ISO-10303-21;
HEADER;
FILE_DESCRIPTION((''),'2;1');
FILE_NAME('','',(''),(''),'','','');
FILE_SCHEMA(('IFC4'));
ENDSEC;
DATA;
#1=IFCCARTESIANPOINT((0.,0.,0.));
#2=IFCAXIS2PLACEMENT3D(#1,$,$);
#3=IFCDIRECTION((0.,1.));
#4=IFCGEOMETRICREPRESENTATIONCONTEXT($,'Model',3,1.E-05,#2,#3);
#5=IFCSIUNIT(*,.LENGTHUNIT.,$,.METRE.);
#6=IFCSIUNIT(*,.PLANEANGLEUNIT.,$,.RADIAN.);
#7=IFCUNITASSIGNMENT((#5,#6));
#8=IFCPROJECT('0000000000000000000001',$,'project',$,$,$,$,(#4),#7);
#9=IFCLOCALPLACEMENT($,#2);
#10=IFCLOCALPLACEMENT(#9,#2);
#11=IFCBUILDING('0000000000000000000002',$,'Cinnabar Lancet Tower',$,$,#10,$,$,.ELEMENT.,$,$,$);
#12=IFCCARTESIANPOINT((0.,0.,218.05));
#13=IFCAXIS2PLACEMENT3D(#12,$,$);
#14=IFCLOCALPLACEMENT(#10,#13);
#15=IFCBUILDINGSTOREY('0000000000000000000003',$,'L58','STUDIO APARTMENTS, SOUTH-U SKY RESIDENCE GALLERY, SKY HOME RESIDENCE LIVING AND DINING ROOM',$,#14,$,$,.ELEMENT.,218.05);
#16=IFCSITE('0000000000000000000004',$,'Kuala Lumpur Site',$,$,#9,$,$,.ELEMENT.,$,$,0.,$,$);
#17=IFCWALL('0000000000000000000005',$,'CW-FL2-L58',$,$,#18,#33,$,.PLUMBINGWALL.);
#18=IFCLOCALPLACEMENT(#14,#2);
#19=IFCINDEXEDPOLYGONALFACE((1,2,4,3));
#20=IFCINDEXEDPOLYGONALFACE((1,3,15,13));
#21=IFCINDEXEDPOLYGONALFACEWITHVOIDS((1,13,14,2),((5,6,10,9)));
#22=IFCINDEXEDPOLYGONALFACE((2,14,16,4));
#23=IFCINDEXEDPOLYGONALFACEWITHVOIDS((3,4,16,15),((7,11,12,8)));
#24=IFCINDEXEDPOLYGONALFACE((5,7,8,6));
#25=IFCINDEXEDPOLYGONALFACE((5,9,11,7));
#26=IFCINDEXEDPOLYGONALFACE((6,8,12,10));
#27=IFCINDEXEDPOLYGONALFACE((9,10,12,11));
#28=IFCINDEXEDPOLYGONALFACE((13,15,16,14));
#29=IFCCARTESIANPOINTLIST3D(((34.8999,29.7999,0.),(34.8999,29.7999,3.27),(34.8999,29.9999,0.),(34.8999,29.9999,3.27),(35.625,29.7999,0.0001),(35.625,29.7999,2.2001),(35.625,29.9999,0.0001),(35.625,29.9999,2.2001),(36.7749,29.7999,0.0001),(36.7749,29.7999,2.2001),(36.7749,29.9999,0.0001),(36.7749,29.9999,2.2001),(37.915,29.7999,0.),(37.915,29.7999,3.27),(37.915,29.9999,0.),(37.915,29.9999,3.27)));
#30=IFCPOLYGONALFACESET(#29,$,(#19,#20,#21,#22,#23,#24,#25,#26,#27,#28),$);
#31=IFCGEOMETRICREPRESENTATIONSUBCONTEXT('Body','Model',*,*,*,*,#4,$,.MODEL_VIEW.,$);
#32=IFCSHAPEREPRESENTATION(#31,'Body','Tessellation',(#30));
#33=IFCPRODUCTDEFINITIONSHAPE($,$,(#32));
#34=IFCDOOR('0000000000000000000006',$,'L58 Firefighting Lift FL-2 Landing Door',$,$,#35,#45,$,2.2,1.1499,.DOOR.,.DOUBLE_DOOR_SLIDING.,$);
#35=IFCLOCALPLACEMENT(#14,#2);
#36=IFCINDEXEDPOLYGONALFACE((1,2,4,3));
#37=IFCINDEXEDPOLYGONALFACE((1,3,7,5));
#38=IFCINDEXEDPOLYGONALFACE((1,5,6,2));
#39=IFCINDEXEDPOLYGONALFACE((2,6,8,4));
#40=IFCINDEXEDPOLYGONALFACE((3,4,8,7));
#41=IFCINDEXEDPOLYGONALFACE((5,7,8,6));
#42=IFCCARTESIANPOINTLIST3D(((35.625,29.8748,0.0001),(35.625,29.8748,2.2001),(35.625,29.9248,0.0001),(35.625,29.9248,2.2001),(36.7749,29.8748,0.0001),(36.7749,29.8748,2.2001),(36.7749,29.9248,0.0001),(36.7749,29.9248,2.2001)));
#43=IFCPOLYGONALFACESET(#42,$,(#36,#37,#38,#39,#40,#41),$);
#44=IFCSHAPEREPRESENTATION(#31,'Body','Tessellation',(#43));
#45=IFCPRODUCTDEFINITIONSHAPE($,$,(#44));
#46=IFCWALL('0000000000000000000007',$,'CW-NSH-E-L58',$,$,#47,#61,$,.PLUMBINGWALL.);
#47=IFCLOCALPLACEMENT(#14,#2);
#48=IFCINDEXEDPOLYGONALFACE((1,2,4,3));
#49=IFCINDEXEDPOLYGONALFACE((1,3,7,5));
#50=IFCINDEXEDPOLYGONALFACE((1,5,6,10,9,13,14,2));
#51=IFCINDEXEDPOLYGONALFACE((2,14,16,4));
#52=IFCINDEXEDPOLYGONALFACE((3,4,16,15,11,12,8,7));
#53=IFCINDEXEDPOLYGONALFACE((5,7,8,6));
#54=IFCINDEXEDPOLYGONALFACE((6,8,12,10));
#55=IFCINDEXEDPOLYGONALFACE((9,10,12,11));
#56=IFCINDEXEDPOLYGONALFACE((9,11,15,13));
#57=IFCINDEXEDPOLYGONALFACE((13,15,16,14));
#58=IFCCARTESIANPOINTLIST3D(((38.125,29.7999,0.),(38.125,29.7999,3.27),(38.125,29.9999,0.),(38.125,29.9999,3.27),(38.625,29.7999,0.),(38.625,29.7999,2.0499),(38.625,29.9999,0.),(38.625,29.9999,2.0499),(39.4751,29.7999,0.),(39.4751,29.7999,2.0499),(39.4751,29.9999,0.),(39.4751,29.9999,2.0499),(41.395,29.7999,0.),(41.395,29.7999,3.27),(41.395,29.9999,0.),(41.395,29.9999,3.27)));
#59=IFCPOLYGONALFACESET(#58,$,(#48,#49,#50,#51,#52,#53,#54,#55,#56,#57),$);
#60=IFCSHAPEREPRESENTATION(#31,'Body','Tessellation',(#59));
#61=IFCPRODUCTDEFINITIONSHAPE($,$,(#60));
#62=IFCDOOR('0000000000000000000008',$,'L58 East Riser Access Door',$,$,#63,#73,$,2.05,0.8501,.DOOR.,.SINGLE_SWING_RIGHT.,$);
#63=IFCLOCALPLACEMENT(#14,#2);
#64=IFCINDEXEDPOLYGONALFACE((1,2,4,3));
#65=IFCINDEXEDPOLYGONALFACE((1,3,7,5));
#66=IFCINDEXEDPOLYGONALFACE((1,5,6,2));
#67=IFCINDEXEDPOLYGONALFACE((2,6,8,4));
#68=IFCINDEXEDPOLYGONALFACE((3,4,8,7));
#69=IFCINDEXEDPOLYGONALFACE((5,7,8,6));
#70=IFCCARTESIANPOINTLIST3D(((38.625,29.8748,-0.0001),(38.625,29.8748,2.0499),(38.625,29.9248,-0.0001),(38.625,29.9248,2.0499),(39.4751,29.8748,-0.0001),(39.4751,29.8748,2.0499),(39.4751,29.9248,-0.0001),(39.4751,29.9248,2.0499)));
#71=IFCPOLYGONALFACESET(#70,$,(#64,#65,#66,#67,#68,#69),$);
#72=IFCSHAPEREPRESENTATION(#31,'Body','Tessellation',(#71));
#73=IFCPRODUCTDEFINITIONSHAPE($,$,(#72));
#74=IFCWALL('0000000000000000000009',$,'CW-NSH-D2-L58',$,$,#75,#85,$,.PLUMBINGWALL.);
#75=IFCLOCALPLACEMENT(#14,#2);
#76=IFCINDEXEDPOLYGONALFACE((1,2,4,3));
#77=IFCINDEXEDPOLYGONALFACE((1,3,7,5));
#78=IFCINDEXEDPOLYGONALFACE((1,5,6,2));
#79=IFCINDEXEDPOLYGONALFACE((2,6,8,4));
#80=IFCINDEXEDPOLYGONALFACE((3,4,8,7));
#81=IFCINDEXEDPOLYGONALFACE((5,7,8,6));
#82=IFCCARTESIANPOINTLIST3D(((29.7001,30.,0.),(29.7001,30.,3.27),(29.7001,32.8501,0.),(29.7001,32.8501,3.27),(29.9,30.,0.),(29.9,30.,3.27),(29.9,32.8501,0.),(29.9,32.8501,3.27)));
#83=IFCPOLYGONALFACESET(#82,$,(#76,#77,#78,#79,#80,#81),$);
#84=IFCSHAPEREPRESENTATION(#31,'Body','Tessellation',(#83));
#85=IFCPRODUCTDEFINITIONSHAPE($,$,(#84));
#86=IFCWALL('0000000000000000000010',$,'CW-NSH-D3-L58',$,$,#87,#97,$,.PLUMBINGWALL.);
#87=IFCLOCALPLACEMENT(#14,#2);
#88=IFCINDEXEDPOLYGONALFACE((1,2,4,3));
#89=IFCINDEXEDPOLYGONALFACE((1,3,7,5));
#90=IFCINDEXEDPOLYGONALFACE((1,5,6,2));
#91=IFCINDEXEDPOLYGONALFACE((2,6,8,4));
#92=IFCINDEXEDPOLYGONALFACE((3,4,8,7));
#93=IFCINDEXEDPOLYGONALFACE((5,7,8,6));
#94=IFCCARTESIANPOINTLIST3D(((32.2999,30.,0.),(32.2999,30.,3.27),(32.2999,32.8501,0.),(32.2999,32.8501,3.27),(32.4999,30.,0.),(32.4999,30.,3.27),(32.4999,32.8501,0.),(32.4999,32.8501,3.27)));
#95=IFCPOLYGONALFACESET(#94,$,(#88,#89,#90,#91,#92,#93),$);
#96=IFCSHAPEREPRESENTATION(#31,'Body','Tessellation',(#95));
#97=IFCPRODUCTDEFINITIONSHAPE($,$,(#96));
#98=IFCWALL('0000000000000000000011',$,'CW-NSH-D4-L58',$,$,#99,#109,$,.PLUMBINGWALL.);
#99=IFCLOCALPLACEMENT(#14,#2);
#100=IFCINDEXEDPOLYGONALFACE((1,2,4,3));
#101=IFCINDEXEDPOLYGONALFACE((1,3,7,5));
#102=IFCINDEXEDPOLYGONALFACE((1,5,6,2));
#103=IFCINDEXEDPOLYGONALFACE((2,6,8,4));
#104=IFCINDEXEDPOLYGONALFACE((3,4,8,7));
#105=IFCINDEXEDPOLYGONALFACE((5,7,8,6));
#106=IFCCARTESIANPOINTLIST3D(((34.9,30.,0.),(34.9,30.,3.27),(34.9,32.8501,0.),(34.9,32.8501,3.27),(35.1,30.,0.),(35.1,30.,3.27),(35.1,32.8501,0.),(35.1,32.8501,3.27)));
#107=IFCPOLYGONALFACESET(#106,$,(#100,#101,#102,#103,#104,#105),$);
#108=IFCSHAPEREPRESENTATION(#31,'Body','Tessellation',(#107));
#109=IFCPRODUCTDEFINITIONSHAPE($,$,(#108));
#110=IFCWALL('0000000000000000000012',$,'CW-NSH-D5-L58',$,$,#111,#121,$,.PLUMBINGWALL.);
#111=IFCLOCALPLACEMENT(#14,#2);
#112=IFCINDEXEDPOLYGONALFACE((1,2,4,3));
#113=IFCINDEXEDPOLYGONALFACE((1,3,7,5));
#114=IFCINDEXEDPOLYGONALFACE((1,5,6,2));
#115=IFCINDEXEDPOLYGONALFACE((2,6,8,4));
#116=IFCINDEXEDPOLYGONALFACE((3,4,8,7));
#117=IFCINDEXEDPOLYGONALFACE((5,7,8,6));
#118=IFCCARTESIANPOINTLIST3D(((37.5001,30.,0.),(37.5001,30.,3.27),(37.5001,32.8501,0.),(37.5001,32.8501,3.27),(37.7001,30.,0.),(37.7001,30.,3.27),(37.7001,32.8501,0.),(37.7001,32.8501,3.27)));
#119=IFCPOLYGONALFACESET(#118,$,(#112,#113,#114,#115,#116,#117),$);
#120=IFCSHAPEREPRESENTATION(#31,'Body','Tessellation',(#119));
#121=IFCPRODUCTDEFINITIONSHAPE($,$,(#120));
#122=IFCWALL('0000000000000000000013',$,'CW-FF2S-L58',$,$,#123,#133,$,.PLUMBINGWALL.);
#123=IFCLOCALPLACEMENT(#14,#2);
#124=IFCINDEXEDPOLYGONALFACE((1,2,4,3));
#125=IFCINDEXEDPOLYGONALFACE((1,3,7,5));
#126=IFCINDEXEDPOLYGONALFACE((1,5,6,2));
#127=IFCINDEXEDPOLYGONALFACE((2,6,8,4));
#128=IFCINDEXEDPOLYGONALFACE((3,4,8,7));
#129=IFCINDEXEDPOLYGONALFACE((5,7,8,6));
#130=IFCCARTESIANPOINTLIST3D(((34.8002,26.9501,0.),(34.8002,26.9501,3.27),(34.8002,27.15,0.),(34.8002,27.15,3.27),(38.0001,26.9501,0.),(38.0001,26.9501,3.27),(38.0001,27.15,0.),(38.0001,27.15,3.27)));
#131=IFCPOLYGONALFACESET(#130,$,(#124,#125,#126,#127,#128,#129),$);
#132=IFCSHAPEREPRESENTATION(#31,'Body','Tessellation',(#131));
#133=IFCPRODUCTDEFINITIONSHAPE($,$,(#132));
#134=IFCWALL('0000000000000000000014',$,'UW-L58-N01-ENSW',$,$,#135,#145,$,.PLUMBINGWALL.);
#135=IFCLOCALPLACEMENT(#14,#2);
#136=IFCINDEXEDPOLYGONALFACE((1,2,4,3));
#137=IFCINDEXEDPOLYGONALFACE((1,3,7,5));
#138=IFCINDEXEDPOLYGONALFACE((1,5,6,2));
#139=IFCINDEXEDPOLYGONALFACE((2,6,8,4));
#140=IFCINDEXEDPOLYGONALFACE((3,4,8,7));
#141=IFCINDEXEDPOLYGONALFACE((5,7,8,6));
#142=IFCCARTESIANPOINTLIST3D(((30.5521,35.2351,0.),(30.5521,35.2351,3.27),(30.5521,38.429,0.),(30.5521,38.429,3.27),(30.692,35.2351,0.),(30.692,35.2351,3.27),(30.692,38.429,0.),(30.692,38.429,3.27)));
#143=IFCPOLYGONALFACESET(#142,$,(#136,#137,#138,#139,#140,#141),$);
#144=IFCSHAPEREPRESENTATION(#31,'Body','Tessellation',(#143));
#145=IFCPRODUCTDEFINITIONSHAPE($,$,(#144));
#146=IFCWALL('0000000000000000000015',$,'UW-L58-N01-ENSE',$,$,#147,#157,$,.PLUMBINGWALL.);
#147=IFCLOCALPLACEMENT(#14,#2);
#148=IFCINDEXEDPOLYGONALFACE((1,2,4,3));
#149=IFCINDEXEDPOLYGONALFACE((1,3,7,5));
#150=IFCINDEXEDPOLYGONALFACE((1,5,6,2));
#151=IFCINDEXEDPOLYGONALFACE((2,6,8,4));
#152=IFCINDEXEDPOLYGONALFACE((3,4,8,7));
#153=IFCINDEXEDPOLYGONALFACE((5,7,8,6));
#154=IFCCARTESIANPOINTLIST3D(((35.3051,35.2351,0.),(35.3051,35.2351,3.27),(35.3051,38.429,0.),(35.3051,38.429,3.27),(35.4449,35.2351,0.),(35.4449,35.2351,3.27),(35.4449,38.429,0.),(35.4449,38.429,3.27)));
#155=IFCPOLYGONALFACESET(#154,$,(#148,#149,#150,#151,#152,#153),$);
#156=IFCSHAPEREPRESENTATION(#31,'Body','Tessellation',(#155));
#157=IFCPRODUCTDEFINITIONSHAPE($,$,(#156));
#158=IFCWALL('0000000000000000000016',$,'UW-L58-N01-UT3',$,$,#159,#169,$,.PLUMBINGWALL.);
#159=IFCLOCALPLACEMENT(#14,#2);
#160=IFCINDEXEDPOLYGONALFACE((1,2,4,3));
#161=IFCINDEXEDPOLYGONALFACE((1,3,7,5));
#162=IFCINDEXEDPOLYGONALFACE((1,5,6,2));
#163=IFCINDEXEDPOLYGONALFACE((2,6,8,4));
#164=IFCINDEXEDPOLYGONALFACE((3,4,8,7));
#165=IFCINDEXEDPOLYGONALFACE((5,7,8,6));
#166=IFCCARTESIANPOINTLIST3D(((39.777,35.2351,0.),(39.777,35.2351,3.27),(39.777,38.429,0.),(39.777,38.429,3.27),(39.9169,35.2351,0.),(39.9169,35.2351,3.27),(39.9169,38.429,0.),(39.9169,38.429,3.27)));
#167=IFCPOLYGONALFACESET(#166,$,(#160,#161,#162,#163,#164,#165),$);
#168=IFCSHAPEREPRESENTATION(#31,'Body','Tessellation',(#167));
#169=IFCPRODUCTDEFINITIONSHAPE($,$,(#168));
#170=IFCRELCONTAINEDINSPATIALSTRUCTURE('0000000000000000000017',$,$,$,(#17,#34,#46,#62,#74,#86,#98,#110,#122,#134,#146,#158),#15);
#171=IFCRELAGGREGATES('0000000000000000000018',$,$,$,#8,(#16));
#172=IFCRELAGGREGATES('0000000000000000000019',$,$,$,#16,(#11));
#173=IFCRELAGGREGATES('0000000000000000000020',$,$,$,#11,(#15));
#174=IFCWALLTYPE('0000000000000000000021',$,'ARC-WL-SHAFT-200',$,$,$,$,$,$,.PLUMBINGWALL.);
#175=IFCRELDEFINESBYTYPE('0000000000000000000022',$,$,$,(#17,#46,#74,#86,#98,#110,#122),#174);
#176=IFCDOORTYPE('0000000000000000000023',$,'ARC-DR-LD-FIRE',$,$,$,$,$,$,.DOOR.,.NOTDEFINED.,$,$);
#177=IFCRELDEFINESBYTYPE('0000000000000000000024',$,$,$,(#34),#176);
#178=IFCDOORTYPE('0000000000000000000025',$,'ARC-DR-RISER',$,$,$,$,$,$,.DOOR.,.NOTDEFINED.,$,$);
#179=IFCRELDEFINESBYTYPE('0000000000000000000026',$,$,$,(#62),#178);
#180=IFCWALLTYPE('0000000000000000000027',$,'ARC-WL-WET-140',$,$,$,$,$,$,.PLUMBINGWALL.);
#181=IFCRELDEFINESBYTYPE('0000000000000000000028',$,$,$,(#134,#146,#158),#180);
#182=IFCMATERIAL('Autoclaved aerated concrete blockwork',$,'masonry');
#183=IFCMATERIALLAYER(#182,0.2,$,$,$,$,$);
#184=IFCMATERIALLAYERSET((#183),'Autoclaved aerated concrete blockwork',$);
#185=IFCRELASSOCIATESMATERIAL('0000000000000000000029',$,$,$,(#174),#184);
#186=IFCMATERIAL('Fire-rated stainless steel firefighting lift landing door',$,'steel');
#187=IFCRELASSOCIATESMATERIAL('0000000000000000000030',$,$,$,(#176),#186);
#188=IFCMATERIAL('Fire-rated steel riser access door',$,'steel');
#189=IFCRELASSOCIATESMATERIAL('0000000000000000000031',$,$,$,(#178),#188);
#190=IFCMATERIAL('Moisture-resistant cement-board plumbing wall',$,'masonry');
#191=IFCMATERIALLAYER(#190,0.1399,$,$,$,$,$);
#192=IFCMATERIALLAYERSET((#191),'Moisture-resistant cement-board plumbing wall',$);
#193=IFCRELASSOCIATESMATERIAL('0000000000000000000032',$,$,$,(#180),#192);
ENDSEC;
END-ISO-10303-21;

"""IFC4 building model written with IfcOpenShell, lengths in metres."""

from ifc_helpers import new_model, si_unit, direction, frame, frame_2d, origin, place, context, subcontext, project, spatial, rectangle, extrude, material, layer, layer_set, type_object, element, fill, save


model = new_model("IFC4")

# Units and contexts
model_context = context("Model", 3, precision=1e-05, world=origin(), true_north=direction((0.0, 1.0)))
body_context = subcontext(model_context, "Body", "Model", "MODEL_VIEW")
ifc_project = project(units=[si_unit("LENGTHUNIT", "METRE"), si_unit("PLANEANGLEUNIT", "RADIAN")], contexts=[model_context])

# Site, building, storey
site_placement = place(None, origin())
site = spatial("IfcSite", under=ifc_project, at=site_placement, Name="Kuala Lumpur Site", CompositionType="ELEMENT", RefElevation=0.0)
building_placement = place(site_placement, origin())
building = spatial("IfcBuilding", under=site, at=building_placement, Name="Cinnabar Lancet Tower", CompositionType="ELEMENT")
storey_placement = place(building_placement, frame((0.0, 0.0, 218.05)))
storey = spatial("IfcBuildingStorey", under=building, at=storey_placement, Name="L58", Description="STUDIO APARTMENTS, SOUTH-U SKY RESIDENCE GALLERY, SKY HOME RESIDENCE LIVING AND DINING ROOM", CompositionType="ELEMENT", Elevation=218.05)

# Shared definitions
ifc_material_1 = material(Name="Autoclaved aerated concrete blockwork", Category="masonry")
ifc_layer_1 = layer(ifc_material_1, 0.2)
ifc_layer_set_1 = layer_set([ifc_layer_1], Name="Autoclaved aerated concrete blockwork")
wall_type_1 = type_object("IfcWallType", Name="ARC-WL-SHAFT-200", PredefinedType="PLUMBINGWALL", material=ifc_layer_set_1)

# Walls, openings, doors
wall_1_placement = place(storey_placement, frame((34.8999, 29.8999, 0.0), z_axis=(0.0, 0.0, 1.0), x_axis=(1.0, 0.0, 0.0)))
wall_1 = element("IfcWall", 1, at=wall_1_placement, inside=storey, type_object=wall_type_1, Name="CW-FL2-L58", PredefinedType="PLUMBINGWALL", context=body_context, shape_type="SweptSolid", body=[
    extrude(rectangle(XDim=3.0151, YDim=0.2, at=frame_2d((1.5076, 0.0))), origin(), (0.0, 0.0, 1.0), 3.27),
])
opening_1_placement = place(wall_1_placement, frame((0.7251, 0.0, 0.0)))
opening_1 = element("IfcOpeningElement", 2, at=opening_1_placement, cuts=wall_1, PredefinedType="OPENING", context=body_context, shape_type="SweptSolid", body=[
    extrude(rectangle(XDim=1.1499, YDim=2.2, at=frame_2d((0.575, 1.1001))), frame((0.0, 0.1099, 0.0), z_axis=(0.0, -1.0, 0.0), x_axis=(1.0, 0.0, 0.0)), (0.0, 0.0, 1.0), 0.22),
])
ifc_material_2 = material(Name="Fire-rated stainless steel firefighting lift landing door", Category="steel")
door_type_1 = type_object("IfcDoorType", Name="ARC-DR-LD-FIRE", OperationType="NOTDEFINED", PredefinedType="DOOR", material=ifc_material_2)
door_1_placement = place(opening_1_placement, origin())
door_1 = element("IfcDoor", 3, at=door_1_placement, inside=storey, type_object=door_type_1, Name="L58 Firefighting Lift FL-2 Landing Door", OperationType="DOUBLE_DOOR_SLIDING", OverallHeight=2.2, OverallWidth=1.1499, PredefinedType="DOOR", context=body_context, shape_type="SweptSolid", body=[
    extrude(rectangle(XDim=1.1499, YDim=2.2, at=frame_2d((0.575, 1.1001))), frame((0.0, 0.0249, 0.0), z_axis=(0.0, -1.0, 0.0), x_axis=(1.0, 0.0, 0.0)), (0.0, 0.0, 1.0), 0.05),
])
fill(opening_1, door_1)
wall_2_placement = place(storey_placement, frame((38.125, 29.8999, 0.0), z_axis=(0.0, 0.0, 1.0), x_axis=(1.0, 0.0, 0.0)))
wall_2 = element("IfcWall", 4, at=wall_2_placement, inside=storey, type_object=wall_type_1, Name="CW-NSH-E-L58", PredefinedType="PLUMBINGWALL", context=body_context, shape_type="SweptSolid", body=[
    extrude(rectangle(XDim=3.27, YDim=0.2, at=frame_2d((1.635, 0.0))), origin(), (0.0, 0.0, 1.0), 3.27),
])
opening_2_placement = place(wall_2_placement, frame((0.5, 0.0, 0.0)))
opening_2 = element("IfcOpeningElement", 5, at=opening_2_placement, cuts=wall_2, PredefinedType="OPENING", context=body_context, shape_type="SweptSolid", body=[
    extrude(rectangle(XDim=0.8501, YDim=2.05, at=frame_2d((0.425, 1.0249))), frame((0.0, 0.1099, 0.0), z_axis=(0.0, -1.0, 0.0), x_axis=(1.0, 0.0, 0.0)), (0.0, 0.0, 1.0), 0.22),
])
ifc_material_3 = material(Name="Fire-rated steel riser access door", Category="steel")
door_type_2 = type_object("IfcDoorType", Name="ARC-DR-RISER", OperationType="NOTDEFINED", PredefinedType="DOOR", material=ifc_material_3)
door_2_placement = place(opening_2_placement, origin())
door_2 = element("IfcDoor", 6, at=door_2_placement, inside=storey, type_object=door_type_2, Name="L58 East Riser Access Door", OperationType="SINGLE_SWING_RIGHT", OverallHeight=2.05, OverallWidth=0.8501, PredefinedType="DOOR", context=body_context, shape_type="SweptSolid", body=[
    extrude(rectangle(XDim=0.8501, YDim=2.05, at=frame_2d((0.425, 1.0249))), frame((0.0, 0.0249, 0.0), z_axis=(0.0, -1.0, 0.0), x_axis=(1.0, 0.0, 0.0)), (0.0, 0.0, 1.0), 0.05),
])
fill(opening_2, door_2)

# Walls
for number, where, z_axis, x_axis, name in (
    (7, (29.8, 30.0, 0.0), (0.0, 0.0, 1.0), (0.0, 1.0, 0.0), "CW-NSH-D2-L58"),
    (8, (32.3999, 30.0, 0.0), (0.0, 0.0, 1.0), (0.0, 1.0, 0.0), "CW-NSH-D3-L58"),
    (9, (35.0, 30.0, 0.0), (0.0, 0.0, 1.0), (0.0, 1.0, 0.0), "CW-NSH-D4-L58"),
    (10, (37.6001, 30.0, 0.0), (0.0, 0.0, 1.0), (0.0, 1.0, 0.0), "CW-NSH-D5-L58"),
):
    element("IfcWall", number, at=place(storey_placement, frame(where, z_axis=z_axis, x_axis=x_axis)), inside=storey, type_object=wall_type_1, Name=name, PredefinedType="PLUMBINGWALL", context=body_context, shape_type="SweptSolid", body=[
        extrude(rectangle(XDim=2.8501, YDim=0.2, at=frame_2d((1.425, 0.0))), origin(), (0.0, 0.0, 1.0), 3.27),
    ])
wall_3_placement = place(storey_placement, frame((34.8, 27.05, 0.0), z_axis=(0.0, 0.0, 1.0), x_axis=(1.0, 0.0, 0.0)))
element("IfcWall", 11, at=wall_3_placement, inside=storey, type_object=wall_type_1, Name="CW-FF2S-L58", PredefinedType="PLUMBINGWALL", context=body_context, shape_type="SweptSolid", body=[
    extrude(rectangle(XDim=3.2, YDim=0.2, at=frame_2d((1.6001, 0.0))), origin(), (0.0, 0.0, 1.0), 3.27),
])
ifc_material_4 = material(Name="Moisture-resistant cement-board plumbing wall", Category="masonry")
ifc_layer_2 = layer(ifc_material_4, 0.1399)
ifc_layer_set_2 = layer_set([ifc_layer_2], Name="Moisture-resistant cement-board plumbing wall")
wall_type_2 = type_object("IfcWallType", Name="ARC-WL-WET-140", PredefinedType="PLUMBINGWALL", material=ifc_layer_set_2)
for number, where, z_axis, x_axis, name in (
    (12, (30.6221, 35.2351, 0.0), (0.0, 0.0, 1.0), (0.0, 1.0, 0.0), "UW-L58-N01-ENSW"),
    (13, (35.375, 35.2351, 0.0), (0.0, 0.0, 1.0), (0.0, 1.0, 0.0), "UW-L58-N01-ENSE"),
    (14, (39.8469, 35.2351, 0.0), (0.0, 0.0, 1.0), (0.0, 1.0, 0.0), "UW-L58-N01-UT3"),
):
    element("IfcWall", number, at=place(storey_placement, frame(where, z_axis=z_axis, x_axis=x_axis)), inside=storey, type_object=wall_type_2, Name=name, PredefinedType="PLUMBINGWALL", context=body_context, shape_type="SweptSolid", body=[
        extrude(rectangle(XDim=3.1938, YDim=0.1399, at=frame_2d((1.5969, 0.0))), origin(), (0.0, 0.0, 1.0), 3.27),
    ])

save(model, "model.ifc")
